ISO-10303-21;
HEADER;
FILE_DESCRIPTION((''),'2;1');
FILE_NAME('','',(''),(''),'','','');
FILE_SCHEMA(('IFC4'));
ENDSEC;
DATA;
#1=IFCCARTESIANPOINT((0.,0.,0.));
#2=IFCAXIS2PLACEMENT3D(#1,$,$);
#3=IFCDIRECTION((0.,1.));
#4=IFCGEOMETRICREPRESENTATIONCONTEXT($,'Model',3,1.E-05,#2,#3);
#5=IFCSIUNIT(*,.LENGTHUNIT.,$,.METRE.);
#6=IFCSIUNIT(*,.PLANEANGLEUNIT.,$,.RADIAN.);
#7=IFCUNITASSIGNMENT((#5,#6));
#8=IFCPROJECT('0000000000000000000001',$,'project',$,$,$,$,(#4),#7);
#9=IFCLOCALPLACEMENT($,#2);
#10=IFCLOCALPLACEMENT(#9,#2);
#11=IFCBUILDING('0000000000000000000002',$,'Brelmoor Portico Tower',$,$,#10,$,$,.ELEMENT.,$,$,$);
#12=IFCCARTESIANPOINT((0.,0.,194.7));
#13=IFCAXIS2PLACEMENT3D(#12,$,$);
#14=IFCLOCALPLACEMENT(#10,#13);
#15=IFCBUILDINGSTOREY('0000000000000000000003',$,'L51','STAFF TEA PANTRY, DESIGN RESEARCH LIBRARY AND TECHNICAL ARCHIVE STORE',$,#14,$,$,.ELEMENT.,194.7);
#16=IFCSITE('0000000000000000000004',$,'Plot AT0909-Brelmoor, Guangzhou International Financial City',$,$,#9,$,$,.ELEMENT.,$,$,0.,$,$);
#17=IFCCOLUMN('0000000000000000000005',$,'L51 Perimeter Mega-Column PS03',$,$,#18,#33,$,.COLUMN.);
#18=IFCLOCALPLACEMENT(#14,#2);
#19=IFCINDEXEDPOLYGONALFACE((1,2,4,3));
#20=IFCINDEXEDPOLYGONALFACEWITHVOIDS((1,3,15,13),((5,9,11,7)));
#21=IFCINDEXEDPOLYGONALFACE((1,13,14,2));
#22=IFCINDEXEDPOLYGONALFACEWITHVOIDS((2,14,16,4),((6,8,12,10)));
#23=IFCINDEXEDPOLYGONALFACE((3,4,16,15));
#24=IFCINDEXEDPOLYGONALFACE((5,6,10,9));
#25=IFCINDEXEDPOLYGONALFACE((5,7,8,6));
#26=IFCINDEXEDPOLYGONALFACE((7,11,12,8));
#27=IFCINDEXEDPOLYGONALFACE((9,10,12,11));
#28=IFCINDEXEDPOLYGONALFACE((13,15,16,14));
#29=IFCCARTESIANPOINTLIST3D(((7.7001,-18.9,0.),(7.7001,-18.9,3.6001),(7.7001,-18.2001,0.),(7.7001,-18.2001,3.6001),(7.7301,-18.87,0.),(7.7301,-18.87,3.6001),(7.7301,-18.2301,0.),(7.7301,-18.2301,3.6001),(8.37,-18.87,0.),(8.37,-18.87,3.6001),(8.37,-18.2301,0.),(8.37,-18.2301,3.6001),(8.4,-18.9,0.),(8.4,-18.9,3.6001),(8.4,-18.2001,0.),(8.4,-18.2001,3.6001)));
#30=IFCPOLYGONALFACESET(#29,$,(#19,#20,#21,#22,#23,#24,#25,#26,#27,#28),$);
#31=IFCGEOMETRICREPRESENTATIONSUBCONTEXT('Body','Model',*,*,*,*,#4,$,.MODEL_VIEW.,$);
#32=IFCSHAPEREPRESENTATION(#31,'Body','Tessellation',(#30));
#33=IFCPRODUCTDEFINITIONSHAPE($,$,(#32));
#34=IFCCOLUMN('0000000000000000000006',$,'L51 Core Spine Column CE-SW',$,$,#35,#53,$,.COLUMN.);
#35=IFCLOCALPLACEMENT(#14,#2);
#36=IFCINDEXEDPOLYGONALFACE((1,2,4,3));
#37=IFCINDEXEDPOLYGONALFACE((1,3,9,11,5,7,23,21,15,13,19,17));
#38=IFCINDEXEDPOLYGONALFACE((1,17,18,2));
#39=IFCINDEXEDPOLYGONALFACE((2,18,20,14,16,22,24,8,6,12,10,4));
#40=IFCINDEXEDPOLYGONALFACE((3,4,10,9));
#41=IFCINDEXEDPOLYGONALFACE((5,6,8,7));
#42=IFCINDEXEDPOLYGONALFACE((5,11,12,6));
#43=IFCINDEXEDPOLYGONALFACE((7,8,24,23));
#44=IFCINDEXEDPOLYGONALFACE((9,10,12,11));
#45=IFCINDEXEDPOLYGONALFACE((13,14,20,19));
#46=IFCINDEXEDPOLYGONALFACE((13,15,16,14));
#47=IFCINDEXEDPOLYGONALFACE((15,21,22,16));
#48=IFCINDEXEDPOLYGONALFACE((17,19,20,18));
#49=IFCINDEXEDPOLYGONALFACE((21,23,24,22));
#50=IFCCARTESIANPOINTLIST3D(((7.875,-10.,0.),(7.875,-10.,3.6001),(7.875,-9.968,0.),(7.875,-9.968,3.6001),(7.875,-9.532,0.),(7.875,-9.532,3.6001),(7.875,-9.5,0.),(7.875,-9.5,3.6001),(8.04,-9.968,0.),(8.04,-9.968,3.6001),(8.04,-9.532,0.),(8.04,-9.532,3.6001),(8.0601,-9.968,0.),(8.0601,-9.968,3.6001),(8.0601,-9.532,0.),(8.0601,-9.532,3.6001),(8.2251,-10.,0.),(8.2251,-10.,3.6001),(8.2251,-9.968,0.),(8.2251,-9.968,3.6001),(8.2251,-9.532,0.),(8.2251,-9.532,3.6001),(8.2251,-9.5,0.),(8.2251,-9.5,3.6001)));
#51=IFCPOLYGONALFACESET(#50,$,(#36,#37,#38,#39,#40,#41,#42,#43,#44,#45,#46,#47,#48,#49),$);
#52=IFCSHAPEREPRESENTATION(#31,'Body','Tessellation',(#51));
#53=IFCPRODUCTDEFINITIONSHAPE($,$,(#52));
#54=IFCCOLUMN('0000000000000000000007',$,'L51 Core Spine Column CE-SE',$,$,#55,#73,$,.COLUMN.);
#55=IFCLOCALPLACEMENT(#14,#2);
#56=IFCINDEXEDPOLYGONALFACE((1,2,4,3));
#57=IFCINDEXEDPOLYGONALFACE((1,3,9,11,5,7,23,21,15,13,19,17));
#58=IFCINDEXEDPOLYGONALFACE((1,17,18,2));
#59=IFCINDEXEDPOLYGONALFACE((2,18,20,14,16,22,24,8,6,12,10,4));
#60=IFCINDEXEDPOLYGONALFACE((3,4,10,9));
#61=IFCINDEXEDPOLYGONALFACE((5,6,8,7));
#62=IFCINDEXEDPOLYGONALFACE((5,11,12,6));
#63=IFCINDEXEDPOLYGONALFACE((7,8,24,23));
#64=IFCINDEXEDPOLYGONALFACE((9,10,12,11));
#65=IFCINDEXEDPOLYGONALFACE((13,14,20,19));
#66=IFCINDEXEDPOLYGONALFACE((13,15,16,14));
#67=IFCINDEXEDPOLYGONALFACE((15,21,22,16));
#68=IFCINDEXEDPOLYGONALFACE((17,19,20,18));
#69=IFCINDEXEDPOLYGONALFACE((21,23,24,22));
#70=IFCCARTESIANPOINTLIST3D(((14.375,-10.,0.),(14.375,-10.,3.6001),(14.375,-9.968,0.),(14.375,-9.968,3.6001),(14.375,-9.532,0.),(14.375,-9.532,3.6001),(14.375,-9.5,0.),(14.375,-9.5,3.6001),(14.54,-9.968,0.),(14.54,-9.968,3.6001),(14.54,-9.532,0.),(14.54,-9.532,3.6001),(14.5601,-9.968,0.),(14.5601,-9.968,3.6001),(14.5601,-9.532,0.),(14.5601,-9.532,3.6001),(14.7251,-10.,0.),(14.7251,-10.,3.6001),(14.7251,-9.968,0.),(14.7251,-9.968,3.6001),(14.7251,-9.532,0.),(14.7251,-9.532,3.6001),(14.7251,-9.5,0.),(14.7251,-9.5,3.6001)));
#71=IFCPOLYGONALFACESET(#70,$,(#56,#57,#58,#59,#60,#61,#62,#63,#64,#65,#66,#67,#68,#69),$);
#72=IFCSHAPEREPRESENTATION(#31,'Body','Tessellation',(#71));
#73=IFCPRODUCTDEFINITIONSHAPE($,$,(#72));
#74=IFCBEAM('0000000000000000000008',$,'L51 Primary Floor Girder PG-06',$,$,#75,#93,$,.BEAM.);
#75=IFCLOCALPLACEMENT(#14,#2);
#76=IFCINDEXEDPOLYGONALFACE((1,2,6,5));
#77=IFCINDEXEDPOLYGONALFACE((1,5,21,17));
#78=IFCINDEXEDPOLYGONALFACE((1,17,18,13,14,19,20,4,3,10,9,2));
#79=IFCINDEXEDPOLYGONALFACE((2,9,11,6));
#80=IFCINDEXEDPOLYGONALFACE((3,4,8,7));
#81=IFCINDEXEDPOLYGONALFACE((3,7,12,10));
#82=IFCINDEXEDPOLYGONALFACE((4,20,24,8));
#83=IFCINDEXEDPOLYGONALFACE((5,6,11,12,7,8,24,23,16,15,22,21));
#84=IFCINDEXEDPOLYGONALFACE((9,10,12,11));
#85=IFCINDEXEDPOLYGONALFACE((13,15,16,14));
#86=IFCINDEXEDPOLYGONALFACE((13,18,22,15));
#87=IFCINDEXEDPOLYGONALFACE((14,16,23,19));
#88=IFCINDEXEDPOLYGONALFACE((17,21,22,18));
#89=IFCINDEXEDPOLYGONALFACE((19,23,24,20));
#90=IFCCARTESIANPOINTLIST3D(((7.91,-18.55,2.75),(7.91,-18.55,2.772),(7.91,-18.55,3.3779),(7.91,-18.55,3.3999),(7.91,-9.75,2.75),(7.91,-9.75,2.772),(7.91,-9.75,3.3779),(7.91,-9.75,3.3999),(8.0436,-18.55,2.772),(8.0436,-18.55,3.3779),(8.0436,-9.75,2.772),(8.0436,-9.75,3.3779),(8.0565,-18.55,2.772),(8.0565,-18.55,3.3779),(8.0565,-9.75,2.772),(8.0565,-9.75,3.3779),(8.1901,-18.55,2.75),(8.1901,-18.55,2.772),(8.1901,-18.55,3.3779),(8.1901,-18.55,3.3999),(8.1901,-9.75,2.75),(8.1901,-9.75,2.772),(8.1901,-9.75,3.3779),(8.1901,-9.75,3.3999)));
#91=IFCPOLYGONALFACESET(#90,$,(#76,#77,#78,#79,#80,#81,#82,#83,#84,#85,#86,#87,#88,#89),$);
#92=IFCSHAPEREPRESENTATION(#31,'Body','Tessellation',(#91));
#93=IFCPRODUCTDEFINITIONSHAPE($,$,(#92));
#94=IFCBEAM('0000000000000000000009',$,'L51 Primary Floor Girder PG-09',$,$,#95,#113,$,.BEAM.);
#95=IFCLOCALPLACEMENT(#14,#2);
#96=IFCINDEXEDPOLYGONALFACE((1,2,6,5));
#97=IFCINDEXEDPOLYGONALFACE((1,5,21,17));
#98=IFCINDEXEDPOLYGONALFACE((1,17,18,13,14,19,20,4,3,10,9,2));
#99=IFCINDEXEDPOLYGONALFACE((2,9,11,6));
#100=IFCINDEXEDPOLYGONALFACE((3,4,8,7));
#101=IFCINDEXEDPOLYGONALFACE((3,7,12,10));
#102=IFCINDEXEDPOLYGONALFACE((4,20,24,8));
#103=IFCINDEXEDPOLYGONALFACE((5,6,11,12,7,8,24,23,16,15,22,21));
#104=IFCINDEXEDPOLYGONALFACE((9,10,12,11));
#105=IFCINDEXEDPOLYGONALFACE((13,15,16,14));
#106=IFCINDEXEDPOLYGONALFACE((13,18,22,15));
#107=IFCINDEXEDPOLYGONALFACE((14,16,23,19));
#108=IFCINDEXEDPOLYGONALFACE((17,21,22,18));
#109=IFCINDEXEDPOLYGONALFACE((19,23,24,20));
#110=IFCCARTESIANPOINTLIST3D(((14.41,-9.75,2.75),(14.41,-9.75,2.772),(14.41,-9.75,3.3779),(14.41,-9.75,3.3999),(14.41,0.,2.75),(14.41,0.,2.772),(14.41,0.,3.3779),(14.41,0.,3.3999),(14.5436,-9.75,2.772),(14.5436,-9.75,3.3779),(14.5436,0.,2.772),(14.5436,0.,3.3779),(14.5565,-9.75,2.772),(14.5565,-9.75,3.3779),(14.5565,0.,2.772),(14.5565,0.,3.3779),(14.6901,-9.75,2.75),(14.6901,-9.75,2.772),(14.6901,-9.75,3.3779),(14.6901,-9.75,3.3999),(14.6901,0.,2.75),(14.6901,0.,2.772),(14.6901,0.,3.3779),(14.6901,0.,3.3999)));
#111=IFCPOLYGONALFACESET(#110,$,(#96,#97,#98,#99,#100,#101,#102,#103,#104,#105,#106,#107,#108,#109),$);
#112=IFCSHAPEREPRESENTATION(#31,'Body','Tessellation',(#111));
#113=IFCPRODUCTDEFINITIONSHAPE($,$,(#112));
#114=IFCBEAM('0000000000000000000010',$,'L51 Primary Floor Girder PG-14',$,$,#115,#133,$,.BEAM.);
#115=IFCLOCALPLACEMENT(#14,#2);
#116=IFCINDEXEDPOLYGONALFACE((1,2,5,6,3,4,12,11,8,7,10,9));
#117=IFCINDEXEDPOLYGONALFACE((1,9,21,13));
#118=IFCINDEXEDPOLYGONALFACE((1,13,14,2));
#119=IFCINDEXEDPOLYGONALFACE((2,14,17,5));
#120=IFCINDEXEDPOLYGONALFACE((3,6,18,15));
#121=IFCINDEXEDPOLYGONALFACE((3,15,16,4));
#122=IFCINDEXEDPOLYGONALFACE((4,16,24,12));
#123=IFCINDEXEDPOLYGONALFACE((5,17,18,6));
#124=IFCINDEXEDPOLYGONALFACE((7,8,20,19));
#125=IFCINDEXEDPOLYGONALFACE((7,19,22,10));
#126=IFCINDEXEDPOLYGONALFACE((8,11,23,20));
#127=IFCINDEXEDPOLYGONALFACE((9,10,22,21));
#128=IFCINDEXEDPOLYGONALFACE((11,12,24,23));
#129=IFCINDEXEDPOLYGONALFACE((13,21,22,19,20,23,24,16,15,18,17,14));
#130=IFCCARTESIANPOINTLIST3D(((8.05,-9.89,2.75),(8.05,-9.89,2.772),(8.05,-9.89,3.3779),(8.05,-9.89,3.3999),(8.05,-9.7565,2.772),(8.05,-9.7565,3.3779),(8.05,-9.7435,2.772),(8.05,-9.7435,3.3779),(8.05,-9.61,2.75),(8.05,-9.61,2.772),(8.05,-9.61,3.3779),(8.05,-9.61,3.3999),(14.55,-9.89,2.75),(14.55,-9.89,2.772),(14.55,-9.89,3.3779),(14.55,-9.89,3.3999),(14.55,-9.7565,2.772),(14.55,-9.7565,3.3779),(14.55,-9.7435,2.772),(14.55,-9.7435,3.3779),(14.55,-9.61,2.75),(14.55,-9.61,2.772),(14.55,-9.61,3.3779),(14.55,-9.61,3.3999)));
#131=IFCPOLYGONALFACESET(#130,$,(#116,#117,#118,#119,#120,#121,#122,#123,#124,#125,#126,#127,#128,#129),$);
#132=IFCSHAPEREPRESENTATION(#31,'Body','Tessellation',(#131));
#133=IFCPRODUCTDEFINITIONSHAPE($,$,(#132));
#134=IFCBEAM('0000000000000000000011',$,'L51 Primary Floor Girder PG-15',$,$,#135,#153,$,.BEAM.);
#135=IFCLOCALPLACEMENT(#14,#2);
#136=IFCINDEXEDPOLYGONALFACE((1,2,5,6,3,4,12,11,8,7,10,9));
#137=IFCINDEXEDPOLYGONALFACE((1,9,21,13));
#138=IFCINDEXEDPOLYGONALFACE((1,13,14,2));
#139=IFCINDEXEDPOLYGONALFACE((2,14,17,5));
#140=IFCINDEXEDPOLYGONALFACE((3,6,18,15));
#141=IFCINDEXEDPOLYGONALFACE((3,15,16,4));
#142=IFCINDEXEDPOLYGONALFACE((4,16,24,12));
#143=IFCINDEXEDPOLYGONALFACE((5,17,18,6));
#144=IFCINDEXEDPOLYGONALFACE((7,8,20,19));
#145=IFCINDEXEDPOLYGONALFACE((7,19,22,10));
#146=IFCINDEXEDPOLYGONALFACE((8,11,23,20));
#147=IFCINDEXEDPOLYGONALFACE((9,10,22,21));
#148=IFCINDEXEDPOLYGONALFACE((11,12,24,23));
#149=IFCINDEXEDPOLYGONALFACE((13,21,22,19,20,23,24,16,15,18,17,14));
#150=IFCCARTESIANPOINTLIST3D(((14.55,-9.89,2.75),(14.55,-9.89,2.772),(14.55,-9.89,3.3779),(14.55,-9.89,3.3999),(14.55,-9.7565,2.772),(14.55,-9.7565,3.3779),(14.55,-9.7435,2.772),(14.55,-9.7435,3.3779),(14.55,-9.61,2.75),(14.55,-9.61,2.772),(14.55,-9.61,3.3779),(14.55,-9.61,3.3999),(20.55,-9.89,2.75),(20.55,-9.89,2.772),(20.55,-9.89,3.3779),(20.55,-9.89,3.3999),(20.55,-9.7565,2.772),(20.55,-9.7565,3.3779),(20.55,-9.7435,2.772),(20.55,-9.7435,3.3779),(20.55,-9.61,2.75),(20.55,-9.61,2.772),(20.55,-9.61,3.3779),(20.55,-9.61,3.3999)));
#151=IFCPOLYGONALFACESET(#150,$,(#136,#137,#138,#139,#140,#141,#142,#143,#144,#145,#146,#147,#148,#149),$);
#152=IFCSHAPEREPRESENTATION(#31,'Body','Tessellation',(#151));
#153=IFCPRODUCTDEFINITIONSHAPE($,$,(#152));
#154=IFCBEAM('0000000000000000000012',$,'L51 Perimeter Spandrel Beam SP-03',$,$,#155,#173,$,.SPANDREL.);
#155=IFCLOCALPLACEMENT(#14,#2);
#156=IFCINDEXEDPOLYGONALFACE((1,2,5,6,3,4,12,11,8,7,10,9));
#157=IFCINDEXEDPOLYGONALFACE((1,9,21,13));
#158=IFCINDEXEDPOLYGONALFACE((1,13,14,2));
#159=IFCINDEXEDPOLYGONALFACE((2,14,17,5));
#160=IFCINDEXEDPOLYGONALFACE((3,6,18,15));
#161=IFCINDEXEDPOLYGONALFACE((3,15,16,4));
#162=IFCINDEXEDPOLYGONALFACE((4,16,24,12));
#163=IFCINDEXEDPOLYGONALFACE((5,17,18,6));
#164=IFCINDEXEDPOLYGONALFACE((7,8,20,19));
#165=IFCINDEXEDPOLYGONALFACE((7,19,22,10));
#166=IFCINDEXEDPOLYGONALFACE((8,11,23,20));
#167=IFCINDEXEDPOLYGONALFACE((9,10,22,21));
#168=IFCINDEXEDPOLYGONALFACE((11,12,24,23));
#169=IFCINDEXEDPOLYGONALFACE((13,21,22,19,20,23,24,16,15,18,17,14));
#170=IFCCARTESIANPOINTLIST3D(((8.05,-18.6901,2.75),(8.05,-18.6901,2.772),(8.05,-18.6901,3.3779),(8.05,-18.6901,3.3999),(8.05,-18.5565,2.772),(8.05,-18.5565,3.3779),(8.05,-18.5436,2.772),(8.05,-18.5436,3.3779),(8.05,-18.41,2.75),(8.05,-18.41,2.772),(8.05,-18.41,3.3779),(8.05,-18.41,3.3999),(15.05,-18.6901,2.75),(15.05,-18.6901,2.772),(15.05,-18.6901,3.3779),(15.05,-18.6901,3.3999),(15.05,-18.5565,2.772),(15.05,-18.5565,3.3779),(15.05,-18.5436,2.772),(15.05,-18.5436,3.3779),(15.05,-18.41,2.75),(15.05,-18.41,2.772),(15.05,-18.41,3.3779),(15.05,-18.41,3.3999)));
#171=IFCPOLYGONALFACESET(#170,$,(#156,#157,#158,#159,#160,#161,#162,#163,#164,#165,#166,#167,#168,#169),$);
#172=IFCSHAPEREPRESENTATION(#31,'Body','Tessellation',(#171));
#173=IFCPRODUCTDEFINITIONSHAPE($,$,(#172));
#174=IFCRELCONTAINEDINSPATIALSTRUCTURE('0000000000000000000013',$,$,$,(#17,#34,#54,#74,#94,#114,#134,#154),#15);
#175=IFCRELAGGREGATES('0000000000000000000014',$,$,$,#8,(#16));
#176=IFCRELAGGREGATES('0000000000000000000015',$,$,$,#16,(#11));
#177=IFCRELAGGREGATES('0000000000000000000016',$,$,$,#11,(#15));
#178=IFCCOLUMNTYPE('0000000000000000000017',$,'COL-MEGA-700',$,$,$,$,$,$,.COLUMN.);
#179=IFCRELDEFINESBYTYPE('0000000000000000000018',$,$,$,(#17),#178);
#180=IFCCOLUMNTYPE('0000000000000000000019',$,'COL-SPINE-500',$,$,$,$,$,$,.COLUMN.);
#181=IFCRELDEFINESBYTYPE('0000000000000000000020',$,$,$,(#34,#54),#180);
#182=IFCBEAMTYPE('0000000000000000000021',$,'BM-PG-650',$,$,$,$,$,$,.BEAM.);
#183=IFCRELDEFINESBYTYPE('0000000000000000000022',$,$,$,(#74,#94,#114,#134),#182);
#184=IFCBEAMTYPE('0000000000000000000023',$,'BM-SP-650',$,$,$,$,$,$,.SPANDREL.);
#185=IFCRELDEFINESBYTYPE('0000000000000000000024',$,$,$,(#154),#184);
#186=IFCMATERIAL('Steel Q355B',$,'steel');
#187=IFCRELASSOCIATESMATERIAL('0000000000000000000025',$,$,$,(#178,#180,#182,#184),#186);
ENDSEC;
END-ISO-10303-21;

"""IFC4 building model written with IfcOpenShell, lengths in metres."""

from ifc_helpers import new_model, si_unit, direction, frame, origin, origin_2d, place, context, subcontext, project, spatial, hollow_rectangle, i_section, extrude, material, material_profile, profile_set, type_object, element, save


model = new_model("IFC4")

# Units and contexts
model_context = context("Model", 3, precision=1e-05, world=origin(), true_north=direction((0.0, 1.0)))
body_context = subcontext(model_context, "Body", "Model", "MODEL_VIEW")
ifc_project = project(units=[si_unit("LENGTHUNIT", "METRE"), si_unit("PLANEANGLEUNIT", "RADIAN")], contexts=[model_context])

# Site, building, storey
site_placement = place(None, origin())
site = spatial("IfcSite", under=ifc_project, at=site_placement, Name="Plot AT0909-Brelmoor, Guangzhou International Financial City", CompositionType="ELEMENT", RefElevation=0.0)
building_placement = place(site_placement, origin())
building = spatial("IfcBuilding", under=site, at=building_placement, Name="Brelmoor Portico Tower", CompositionType="ELEMENT")
storey_placement = place(building_placement, frame((0.0, 0.0, 194.7)))
storey = spatial("IfcBuildingStorey", under=building, at=storey_placement, Name="L51", Description="STAFF TEA PANTRY, DESIGN RESEARCH LIBRARY AND TECHNICAL ARCHIVE STORE", CompositionType="ELEMENT", Elevation=194.7)

# Columns
ifc_material_1 = material(Name="Steel Q355B", Category="steel")
ifc_material_profile_1 = material_profile(ifc_material_1, hollow_rectangle(XDim=0.7, YDim=0.7, WallThickness=0.03, at=origin_2d()), Name="BOX 700x700x30")
ifc_profile_set_1 = profile_set([ifc_material_profile_1], Name="Steel Q355B")
column_type_1 = type_object("IfcColumnType", Name="COL-MEGA-700", PredefinedType="COLUMN", material=ifc_profile_set_1)
column_placement = place(storey_placement, frame((8.05, -18.55, 0.0), z_axis=(0.0, 0.0, 1.0), x_axis=(1.0, 0.0, 0.0)))
element("IfcColumn", 1, at=column_placement, inside=storey, type_object=column_type_1, Name="L51 Perimeter Mega-Column PS03", PredefinedType="COLUMN", context=body_context, shape_type="SweptSolid", body=[
    extrude(hollow_rectangle(XDim=0.7, YDim=0.7, WallThickness=0.03, at=origin_2d()), origin(), (0.0, 0.0, 1.0), 3.6001),
])
ifc_material_profile_2 = material_profile(ifc_material_1, i_section(OverallWidth=0.3501, OverallDepth=0.5, WebThickness=0.02, FlangeThickness=0.032, at=origin_2d()), Name="HW 500x350x20x32")
ifc_profile_set_2 = profile_set([ifc_material_profile_2], Name="Steel Q355B")
column_type_2 = type_object("IfcColumnType", Name="COL-SPINE-500", PredefinedType="COLUMN", material=ifc_profile_set_2)
for number, where, z_axis, x_axis, name in (
    (2, (8.05, -9.75, 0.0), (0.0, 0.0, 1.0), (1.0, 0.0, 0.0), "L51 Core Spine Column CE-SW"),
    (3, (14.55, -9.75, 0.0), (0.0, 0.0, 1.0), (1.0, 0.0, 0.0), "L51 Core Spine Column CE-SE"),
):
    element("IfcColumn", number, at=place(storey_placement, frame(where, z_axis=z_axis, x_axis=x_axis)), inside=storey, type_object=column_type_2, Name=name, PredefinedType="COLUMN", context=body_context, shape_type="SweptSolid", body=[
        extrude(i_section(OverallWidth=0.3501, OverallDepth=0.5, WebThickness=0.02, FlangeThickness=0.032, at=origin_2d()), origin(), (0.0, 0.0, 1.0), 3.6001),
    ])

# Beams
ifc_material_profile_3 = material_profile(ifc_material_1, i_section(OverallWidth=0.28, OverallDepth=0.6499, WebThickness=0.0129, FlangeThickness=0.022, at=origin_2d()), Name="HN 650x280x13x22")
ifc_profile_set_3 = profile_set([ifc_material_profile_3], Name="Steel Q355B")
beam_type_1 = type_object("IfcBeamType", Name="BM-PG-650", PredefinedType="BEAM", material=ifc_profile_set_3)
beam_1_placement = place(storey_placement, frame((8.05, -18.55, 3.075), z_axis=(0.0, 1.0, 0.0), x_axis=(-1.0, 0.0, 0.0)))
element("IfcBeam", 4, at=beam_1_placement, inside=storey, type_object=beam_type_1, Name="L51 Primary Floor Girder PG-06", PredefinedType="BEAM", context=body_context, shape_type="SweptSolid", body=[
    extrude(i_section(OverallWidth=0.28, OverallDepth=0.6499, WebThickness=0.0129, FlangeThickness=0.022, at=origin_2d()), origin(), (0.0, 0.0, 1.0), 8.8),
])
beam_2_placement = place(storey_placement, frame((14.55, -9.75, 3.075), z_axis=(0.0, 1.0, 0.0), x_axis=(-1.0, 0.0, 0.0)))
element("IfcBeam", 5, at=beam_2_placement, inside=storey, type_object=beam_type_1, Name="L51 Primary Floor Girder PG-09", PredefinedType="BEAM", context=body_context, shape_type="SweptSolid", body=[
    extrude(i_section(OverallWidth=0.28, OverallDepth=0.6499, WebThickness=0.0129, FlangeThickness=0.022, at=origin_2d()), origin(), (0.0, 0.0, 1.0), 9.75),
])
beam_3_placement = place(storey_placement, frame((8.05, -9.75, 3.075), z_axis=(1.0, 0.0, 0.0), x_axis=(0.0, 1.0, 0.0)))
element("IfcBeam", 6, at=beam_3_placement, inside=storey, type_object=beam_type_1, Name="L51 Primary Floor Girder PG-14", PredefinedType="BEAM", context=body_context, shape_type="SweptSolid", body=[
    extrude(i_section(OverallWidth=0.28, OverallDepth=0.6499, WebThickness=0.0129, FlangeThickness=0.022, at=origin_2d()), origin(), (0.0, 0.0, 1.0), 6.5),
])
beam_4_placement = place(storey_placement, frame((14.55, -9.75, 3.075), z_axis=(1.0, 0.0, 0.0), x_axis=(0.0, 1.0, 0.0)))
element("IfcBeam", 7, at=beam_4_placement, inside=storey, type_object=beam_type_1, Name="L51 Primary Floor Girder PG-15", PredefinedType="BEAM", context=body_context, shape_type="SweptSolid", body=[
    extrude(i_section(OverallWidth=0.28, OverallDepth=0.6499, WebThickness=0.0129, FlangeThickness=0.022, at=origin_2d()), origin(), (0.0, 0.0, 1.0), 6.0),
])
ifc_material_profile_4 = material_profile(ifc_material_1, i_section(OverallWidth=0.28, OverallDepth=0.6499, WebThickness=0.0129, FlangeThickness=0.022, at=origin_2d()), Name="HN 650x280x13x22")
ifc_profile_set_4 = profile_set([ifc_material_profile_4], Name="Steel Q355B")
beam_type_2 = type_object("IfcBeamType", Name="BM-SP-650", PredefinedType="SPANDREL", material=ifc_profile_set_4)
beam_5_placement = place(storey_placement, frame((8.05, -18.55, 3.075), z_axis=(1.0, 0.0, 0.0), x_axis=(0.0, 1.0, 0.0)))
element("IfcBeam", 8, at=beam_5_placement, inside=storey, type_object=beam_type_2, Name="L51 Perimeter Spandrel Beam SP-03", PredefinedType="SPANDREL", context=body_context, shape_type="SweptSolid", body=[
    extrude(i_section(OverallWidth=0.28, OverallDepth=0.6499, WebThickness=0.0129, FlangeThickness=0.022, at=origin_2d()), origin(), (0.0, 0.0, 1.0), 7.0),
])

save(model, "model.ifc")
